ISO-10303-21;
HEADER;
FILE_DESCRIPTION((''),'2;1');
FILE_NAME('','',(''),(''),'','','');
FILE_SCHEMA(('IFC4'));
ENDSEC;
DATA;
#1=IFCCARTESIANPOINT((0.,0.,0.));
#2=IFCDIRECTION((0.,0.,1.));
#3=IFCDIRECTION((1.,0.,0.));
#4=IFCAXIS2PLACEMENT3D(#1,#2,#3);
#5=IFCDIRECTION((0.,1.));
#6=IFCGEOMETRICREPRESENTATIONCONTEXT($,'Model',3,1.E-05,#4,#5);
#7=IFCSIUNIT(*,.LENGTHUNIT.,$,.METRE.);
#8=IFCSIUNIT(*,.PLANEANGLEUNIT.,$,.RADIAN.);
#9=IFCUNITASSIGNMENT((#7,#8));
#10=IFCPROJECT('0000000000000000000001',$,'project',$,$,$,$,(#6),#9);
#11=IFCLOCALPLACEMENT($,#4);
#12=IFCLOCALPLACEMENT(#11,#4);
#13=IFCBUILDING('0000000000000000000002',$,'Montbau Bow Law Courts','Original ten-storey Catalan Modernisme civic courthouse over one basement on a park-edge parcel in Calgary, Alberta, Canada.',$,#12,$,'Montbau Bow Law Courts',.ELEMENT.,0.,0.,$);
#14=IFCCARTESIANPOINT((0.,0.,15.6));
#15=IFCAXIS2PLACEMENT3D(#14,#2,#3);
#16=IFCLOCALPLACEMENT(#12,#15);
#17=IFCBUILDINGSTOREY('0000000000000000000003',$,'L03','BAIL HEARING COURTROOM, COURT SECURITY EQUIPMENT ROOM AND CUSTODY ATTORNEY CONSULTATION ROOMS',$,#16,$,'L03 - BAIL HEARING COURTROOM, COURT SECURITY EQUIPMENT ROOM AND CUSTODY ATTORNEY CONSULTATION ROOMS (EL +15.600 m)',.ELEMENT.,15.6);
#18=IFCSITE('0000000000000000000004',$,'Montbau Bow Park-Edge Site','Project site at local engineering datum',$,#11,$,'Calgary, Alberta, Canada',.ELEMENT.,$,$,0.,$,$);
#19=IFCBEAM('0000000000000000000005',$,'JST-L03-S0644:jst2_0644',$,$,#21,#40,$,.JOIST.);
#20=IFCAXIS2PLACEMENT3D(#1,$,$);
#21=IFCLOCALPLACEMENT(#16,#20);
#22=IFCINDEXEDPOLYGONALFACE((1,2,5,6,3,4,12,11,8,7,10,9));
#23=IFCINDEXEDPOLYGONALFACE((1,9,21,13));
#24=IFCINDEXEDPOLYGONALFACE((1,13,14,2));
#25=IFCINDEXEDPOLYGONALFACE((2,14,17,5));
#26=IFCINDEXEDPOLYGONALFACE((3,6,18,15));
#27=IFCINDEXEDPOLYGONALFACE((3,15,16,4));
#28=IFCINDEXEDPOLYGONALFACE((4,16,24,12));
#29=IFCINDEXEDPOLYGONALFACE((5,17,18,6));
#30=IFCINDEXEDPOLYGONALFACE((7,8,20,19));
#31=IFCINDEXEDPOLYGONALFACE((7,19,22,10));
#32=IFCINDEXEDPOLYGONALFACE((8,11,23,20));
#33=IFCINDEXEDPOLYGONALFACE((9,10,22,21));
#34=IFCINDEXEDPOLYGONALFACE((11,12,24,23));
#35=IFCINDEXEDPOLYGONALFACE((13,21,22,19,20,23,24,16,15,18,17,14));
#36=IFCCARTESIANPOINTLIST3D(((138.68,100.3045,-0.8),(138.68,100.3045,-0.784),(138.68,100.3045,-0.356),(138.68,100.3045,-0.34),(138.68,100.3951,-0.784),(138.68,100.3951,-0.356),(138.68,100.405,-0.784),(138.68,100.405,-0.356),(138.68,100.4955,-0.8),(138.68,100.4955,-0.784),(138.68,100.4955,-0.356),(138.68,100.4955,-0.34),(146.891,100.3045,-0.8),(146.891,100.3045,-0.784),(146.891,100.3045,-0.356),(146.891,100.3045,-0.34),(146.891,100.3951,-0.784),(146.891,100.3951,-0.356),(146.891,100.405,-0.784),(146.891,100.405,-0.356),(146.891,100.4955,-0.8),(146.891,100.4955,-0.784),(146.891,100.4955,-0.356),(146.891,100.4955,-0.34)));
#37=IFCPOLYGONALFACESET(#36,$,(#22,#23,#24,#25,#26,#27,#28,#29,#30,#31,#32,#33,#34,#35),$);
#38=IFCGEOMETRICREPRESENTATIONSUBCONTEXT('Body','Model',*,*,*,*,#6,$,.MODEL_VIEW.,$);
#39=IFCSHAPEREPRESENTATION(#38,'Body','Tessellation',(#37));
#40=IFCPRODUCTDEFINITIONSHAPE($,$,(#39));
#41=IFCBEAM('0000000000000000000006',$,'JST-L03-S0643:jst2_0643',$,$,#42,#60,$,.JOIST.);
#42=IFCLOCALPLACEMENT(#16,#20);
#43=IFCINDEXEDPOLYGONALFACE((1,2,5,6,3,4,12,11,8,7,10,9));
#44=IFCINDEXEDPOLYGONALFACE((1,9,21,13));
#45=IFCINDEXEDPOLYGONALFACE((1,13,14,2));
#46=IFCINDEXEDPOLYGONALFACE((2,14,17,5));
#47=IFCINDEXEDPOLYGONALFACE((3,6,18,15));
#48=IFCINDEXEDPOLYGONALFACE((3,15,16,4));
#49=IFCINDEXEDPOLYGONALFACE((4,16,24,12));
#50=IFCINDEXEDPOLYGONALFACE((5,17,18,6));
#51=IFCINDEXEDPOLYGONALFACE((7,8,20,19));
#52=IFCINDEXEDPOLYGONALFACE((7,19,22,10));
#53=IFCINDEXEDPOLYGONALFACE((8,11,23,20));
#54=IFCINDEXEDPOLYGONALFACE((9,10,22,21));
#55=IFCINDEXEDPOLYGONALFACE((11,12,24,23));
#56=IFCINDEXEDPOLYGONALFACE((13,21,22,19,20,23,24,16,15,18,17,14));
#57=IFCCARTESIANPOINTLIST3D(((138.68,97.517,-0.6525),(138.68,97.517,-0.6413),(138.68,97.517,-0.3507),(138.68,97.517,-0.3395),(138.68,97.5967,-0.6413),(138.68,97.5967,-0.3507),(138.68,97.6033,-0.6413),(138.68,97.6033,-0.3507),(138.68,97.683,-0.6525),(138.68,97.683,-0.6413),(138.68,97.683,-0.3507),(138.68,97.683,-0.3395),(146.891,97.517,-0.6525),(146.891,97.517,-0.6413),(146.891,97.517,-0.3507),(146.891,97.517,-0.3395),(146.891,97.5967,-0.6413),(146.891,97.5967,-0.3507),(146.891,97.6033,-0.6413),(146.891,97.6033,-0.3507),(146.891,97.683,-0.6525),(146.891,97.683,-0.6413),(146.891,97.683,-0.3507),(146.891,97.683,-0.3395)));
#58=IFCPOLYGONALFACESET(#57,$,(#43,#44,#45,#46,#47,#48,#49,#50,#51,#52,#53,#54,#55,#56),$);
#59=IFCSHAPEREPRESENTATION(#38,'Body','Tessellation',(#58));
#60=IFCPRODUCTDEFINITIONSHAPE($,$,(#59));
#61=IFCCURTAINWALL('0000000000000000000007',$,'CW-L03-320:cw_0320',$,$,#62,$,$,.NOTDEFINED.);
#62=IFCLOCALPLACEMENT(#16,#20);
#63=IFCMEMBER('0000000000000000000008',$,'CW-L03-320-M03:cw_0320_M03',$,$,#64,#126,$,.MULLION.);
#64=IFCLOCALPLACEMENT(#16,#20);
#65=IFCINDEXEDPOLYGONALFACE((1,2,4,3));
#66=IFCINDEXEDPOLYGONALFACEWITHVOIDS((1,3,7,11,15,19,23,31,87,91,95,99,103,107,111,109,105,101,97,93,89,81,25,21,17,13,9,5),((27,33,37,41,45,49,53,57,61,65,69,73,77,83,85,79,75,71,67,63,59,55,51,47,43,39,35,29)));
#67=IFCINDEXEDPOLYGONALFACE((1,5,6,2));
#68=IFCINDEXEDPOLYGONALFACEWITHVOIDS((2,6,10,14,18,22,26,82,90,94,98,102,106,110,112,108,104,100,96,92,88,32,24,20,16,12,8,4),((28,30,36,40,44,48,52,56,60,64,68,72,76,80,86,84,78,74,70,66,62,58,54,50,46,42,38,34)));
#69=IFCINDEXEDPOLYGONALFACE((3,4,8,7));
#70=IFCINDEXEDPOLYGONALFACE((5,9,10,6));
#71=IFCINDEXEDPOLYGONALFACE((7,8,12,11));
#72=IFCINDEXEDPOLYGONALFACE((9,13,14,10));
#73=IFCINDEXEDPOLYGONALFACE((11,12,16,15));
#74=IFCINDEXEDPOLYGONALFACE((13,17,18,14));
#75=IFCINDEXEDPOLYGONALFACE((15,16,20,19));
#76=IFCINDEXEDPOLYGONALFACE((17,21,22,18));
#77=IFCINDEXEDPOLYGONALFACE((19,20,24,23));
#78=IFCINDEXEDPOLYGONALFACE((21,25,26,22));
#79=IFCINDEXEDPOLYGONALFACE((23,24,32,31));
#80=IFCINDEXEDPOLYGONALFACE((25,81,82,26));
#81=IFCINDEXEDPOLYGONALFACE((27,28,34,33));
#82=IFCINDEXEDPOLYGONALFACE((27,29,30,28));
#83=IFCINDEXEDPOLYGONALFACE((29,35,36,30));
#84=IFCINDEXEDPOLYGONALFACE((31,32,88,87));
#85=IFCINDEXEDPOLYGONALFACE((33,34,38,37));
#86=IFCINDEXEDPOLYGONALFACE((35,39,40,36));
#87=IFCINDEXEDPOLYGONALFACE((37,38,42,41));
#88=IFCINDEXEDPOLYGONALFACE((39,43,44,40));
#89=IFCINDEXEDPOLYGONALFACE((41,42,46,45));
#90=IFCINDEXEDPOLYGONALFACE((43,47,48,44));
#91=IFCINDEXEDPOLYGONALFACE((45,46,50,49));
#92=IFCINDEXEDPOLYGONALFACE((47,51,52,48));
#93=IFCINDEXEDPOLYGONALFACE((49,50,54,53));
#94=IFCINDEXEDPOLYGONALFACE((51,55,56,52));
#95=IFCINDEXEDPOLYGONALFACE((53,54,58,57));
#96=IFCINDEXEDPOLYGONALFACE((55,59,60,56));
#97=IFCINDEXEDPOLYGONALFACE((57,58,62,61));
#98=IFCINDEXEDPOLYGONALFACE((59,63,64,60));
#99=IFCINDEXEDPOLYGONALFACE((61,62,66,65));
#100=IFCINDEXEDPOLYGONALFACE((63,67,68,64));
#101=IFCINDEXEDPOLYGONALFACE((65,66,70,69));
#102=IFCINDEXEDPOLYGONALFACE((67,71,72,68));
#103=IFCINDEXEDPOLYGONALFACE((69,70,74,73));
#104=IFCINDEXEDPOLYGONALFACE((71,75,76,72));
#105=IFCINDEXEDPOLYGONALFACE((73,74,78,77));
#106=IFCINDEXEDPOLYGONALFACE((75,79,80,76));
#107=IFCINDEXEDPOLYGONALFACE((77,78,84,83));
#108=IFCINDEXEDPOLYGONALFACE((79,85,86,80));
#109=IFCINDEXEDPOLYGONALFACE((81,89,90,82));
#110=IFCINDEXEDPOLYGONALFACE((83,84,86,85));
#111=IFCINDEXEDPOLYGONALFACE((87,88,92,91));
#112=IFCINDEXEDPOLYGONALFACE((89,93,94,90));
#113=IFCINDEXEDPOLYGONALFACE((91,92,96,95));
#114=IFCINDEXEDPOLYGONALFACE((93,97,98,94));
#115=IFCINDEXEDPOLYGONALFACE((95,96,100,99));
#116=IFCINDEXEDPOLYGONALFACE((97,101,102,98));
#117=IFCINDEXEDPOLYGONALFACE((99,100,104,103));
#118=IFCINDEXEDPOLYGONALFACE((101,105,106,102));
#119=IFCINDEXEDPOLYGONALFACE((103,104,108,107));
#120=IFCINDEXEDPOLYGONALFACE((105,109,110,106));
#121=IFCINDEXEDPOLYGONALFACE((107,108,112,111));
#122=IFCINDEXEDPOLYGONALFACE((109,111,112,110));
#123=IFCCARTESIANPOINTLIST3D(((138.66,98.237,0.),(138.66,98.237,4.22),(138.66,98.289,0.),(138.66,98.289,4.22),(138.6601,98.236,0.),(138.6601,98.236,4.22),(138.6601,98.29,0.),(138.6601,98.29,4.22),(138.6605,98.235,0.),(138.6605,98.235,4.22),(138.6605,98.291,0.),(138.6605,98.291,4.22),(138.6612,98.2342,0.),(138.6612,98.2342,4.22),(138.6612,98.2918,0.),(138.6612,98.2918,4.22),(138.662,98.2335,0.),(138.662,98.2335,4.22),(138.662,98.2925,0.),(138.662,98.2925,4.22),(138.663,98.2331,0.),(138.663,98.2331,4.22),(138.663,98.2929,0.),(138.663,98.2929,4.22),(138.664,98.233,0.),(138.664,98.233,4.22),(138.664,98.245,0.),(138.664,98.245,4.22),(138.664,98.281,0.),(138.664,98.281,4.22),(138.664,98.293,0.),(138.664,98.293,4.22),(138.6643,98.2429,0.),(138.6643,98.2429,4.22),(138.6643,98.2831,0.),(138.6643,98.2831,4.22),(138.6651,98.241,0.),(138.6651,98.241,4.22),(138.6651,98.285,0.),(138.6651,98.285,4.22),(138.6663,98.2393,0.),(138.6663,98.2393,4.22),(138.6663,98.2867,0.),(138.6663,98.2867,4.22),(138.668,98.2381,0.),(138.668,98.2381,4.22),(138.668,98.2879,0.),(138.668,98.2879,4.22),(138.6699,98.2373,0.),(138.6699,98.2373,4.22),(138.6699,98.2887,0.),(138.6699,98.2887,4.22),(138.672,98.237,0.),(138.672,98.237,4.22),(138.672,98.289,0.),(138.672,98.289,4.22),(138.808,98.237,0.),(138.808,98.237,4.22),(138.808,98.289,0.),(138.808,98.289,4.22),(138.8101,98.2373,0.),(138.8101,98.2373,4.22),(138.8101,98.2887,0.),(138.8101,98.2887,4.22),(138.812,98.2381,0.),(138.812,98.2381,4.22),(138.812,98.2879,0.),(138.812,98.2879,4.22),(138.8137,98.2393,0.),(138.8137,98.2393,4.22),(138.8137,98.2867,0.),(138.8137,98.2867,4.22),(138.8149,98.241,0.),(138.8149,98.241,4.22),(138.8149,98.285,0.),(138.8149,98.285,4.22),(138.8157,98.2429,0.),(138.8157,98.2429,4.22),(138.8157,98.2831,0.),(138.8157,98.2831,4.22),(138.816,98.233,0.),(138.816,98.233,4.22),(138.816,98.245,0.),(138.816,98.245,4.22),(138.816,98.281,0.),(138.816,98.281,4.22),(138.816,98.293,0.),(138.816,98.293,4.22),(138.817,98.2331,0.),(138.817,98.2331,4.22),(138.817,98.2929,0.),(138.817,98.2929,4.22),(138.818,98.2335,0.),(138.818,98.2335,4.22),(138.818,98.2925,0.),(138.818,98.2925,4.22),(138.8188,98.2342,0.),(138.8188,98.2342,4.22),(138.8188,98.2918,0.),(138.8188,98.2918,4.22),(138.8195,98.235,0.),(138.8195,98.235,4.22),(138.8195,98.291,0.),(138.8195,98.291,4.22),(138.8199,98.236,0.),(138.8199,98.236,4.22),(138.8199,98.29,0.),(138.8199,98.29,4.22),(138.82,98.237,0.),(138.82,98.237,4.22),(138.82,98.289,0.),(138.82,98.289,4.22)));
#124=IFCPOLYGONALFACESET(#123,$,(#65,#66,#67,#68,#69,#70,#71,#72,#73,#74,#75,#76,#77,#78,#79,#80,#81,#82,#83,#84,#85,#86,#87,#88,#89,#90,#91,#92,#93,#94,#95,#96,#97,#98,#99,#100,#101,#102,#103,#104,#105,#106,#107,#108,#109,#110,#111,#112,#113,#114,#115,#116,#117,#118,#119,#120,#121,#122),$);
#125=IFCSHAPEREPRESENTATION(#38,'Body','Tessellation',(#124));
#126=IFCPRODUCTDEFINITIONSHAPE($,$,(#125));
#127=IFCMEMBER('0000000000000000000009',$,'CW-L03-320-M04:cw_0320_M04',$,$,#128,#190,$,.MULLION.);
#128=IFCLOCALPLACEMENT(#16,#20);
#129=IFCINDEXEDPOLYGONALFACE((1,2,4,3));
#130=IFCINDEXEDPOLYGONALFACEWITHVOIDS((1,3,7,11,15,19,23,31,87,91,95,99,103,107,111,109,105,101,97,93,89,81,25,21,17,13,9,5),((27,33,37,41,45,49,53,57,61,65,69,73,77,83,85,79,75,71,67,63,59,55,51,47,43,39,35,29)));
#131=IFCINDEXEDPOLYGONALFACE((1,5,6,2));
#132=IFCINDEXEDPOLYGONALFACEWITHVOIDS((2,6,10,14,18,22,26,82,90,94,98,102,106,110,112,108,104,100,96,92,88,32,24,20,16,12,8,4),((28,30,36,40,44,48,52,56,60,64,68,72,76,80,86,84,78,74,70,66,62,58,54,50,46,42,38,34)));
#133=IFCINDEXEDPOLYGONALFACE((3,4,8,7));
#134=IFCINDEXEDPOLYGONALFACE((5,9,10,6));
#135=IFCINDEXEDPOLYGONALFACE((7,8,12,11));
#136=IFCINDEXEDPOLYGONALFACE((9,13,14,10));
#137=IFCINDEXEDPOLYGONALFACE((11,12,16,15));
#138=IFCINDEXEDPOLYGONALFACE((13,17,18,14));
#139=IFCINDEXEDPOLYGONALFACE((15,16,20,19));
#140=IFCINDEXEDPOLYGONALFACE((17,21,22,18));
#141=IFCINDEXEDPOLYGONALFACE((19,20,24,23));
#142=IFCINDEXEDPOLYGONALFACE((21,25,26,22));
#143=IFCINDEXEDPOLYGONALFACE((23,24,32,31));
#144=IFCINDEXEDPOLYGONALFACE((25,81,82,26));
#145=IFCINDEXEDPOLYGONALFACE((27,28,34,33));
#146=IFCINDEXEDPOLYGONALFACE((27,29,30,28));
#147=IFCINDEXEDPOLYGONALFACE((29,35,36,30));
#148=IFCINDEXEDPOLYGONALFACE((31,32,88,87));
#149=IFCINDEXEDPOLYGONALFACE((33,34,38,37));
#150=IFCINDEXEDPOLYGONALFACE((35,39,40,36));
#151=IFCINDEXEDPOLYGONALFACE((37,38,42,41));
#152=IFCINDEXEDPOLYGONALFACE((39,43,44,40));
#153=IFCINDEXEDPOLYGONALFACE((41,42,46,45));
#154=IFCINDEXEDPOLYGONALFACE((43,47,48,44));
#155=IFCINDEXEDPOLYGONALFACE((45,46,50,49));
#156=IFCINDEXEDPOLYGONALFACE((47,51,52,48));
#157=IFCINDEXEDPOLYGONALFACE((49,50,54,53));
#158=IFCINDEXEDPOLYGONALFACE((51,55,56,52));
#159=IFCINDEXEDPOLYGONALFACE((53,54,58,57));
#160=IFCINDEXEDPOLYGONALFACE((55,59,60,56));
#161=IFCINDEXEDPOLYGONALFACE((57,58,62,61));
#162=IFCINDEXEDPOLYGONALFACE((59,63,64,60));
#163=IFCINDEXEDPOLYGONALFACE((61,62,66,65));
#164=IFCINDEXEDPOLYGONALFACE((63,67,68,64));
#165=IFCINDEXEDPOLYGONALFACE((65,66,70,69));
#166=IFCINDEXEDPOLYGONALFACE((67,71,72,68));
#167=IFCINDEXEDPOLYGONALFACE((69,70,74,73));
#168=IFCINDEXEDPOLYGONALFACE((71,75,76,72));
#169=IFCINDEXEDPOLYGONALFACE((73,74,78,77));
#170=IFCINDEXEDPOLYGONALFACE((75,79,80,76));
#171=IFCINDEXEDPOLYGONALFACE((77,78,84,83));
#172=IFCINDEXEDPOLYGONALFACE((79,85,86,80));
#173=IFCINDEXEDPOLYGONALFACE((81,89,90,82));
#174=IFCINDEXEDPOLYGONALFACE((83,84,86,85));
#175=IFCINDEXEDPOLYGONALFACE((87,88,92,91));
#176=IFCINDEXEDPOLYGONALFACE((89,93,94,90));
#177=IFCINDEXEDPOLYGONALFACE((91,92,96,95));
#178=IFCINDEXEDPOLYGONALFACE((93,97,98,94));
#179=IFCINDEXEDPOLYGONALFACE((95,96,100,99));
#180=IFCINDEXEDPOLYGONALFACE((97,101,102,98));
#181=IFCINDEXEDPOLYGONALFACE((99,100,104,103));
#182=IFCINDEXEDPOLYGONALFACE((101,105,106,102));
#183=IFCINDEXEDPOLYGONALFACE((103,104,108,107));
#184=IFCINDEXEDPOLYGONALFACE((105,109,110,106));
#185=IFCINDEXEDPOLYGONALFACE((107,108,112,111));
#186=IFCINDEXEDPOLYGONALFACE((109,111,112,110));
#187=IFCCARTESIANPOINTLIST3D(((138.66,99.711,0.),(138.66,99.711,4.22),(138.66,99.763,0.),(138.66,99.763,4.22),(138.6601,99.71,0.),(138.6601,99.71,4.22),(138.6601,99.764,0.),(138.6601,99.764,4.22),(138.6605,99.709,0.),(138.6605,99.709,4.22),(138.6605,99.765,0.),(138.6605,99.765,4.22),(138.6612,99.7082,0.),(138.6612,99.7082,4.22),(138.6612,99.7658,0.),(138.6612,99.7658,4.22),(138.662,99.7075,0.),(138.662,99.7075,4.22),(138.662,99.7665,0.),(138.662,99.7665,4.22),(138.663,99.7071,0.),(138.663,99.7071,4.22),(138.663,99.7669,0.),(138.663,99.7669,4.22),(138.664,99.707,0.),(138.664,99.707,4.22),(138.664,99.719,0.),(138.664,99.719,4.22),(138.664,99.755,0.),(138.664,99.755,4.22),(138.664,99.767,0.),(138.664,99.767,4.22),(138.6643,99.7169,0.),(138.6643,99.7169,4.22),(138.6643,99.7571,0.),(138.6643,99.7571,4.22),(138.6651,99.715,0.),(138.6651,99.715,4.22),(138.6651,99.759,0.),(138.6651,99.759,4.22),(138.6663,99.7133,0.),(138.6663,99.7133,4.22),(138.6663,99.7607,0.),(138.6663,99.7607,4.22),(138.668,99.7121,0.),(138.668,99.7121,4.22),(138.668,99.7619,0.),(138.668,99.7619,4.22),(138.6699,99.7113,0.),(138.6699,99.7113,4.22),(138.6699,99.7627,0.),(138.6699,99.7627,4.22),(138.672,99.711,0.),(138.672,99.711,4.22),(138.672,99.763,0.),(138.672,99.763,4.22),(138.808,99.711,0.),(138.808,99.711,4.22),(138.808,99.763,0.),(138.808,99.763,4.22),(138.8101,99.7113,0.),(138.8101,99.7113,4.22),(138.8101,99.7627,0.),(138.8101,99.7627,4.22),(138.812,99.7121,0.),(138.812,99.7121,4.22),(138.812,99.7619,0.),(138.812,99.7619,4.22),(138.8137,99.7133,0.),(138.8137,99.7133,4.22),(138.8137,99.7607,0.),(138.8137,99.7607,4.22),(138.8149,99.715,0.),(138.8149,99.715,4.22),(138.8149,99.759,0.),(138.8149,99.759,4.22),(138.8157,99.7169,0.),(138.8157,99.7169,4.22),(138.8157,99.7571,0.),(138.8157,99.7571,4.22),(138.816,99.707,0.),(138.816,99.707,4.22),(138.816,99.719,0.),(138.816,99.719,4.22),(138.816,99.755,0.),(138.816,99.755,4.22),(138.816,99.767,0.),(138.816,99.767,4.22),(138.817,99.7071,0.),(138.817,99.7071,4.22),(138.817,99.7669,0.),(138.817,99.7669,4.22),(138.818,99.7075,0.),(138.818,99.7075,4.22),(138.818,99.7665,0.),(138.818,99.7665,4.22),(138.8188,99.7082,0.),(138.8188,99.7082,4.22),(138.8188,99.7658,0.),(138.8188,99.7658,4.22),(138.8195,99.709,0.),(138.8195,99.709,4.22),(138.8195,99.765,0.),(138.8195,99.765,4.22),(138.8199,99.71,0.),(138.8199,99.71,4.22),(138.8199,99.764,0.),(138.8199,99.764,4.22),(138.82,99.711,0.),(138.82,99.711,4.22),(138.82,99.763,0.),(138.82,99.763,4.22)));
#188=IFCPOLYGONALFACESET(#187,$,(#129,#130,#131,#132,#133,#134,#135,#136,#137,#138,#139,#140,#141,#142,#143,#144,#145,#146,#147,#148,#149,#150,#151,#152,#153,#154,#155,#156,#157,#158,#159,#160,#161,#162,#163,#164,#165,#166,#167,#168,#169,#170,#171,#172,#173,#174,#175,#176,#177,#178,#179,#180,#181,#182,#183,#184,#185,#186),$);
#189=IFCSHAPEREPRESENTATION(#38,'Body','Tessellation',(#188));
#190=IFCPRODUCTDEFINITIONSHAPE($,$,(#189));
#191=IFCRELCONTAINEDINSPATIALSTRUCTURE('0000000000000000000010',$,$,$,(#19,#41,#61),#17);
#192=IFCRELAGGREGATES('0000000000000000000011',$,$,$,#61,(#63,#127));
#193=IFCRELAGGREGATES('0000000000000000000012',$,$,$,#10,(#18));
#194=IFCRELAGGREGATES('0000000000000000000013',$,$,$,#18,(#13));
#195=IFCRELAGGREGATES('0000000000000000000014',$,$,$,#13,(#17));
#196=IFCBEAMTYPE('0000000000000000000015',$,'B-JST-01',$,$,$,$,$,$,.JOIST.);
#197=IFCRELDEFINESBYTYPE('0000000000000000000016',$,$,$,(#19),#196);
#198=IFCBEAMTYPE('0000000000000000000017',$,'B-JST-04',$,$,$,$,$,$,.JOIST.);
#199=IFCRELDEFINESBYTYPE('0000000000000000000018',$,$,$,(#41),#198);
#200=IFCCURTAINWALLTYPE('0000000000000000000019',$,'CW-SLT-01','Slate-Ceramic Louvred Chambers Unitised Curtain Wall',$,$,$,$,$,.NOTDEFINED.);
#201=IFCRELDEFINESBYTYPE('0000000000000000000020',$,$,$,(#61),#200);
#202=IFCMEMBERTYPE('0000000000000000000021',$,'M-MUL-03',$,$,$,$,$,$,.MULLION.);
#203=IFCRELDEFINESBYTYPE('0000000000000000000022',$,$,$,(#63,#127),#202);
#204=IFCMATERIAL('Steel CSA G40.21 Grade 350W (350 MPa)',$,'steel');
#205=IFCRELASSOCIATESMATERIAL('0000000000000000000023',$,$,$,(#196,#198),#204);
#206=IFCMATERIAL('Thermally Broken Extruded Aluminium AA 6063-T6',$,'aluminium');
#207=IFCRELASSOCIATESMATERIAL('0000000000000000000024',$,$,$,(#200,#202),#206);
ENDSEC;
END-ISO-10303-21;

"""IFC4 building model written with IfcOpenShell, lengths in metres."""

from ifc_helpers import new_model, si_unit, direction, frame, origin_with_axes, origin_2d_with_axis, place, context, subcontext, project, spatial, hollow_rectangle, i_section, extrude, material, material_profile, profile_set, type_object, element, aggregate, save


model = new_model("IFC4")

# Units and contexts
model_context = context("Model", 3, precision=1e-05, world=origin_with_axes(), true_north=direction((0.0, 1.0)))
body_context = subcontext(model_context, "Body", "Model", "MODEL_VIEW")
ifc_project = project(units=[si_unit("LENGTHUNIT", "METRE"), si_unit("PLANEANGLEUNIT", "RADIAN")], contexts=[model_context])

# Site, building, storey
site_placement = place(None, origin_with_axes())
site = spatial("IfcSite", under=ifc_project, at=site_placement, Name="Montbau Bow Park-Edge Site", Description="Project site at local engineering datum", LongName="Calgary, Alberta, Canada", CompositionType="ELEMENT", RefElevation=0.0)
building_placement = place(site_placement, origin_with_axes())
building = spatial("IfcBuilding", under=site, at=building_placement, Name="Montbau Bow Law Courts", Description="Original ten-storey Catalan Modernisme civic courthouse over one basement on a park-edge parcel in Calgary, Alberta, Canada.", LongName="Montbau Bow Law Courts", CompositionType="ELEMENT", ElevationOfRefHeight=0.0, ElevationOfTerrain=0.0)
storey_placement = place(building_placement, frame((0.0, 0.0, 15.6), z_axis=(0.0, 0.0, 1.0), x_axis=(1.0, 0.0, 0.0)))
storey = spatial("IfcBuildingStorey", under=building, at=storey_placement, Name="L03", Description="BAIL HEARING COURTROOM, COURT SECURITY EQUIPMENT ROOM AND CUSTODY ATTORNEY CONSULTATION ROOMS", LongName="L03 - BAIL HEARING COURTROOM, COURT SECURITY EQUIPMENT ROOM AND CUSTODY ATTORNEY CONSULTATION ROOMS (EL +15.600 m)", CompositionType="ELEMENT", Elevation=15.6)

# Beams
ifc_material_1 = material(Name="Steel CSA G40.21 Grade 350W (350 MPa)", Category="steel")
ifc_material_profile_1 = material_profile(ifc_material_1, i_section(OverallWidth=0.191, OverallDepth=0.46, WebThickness=0.0099, FlangeThickness=0.016, at=origin_2d_with_axis()), Name="W460X82", Category="Main", Priority=0)
ifc_profile_set_1 = profile_set([ifc_material_profile_1], Name="Steel CSA G40.21 Grade 350W (350 MPa)")
beam_type_1 = type_object("IfcBeamType", Name="B-JST-01", PredefinedType="JOIST", material=ifc_profile_set_1)
beam_1_placement = place(None, frame((138.68, 100.4, 15.03), z_axis=(1.0, 0.0, 0.0), x_axis=(0.0, 1.0, 0.0)))
element("IfcBeam", 1, at=beam_1_placement, inside=storey, type_object=beam_type_1, Name="JST-L03-S0644:jst2_0644", PredefinedType="JOIST", context=body_context, shape_type="SweptSolid", body=[
    extrude(i_section(OverallWidth=0.191, OverallDepth=0.46, WebThickness=0.0099, FlangeThickness=0.016, at=origin_2d_with_axis()), origin_with_axes(), (0.0, 0.0, 1.0), 8.211),
])
ifc_material_profile_2 = material_profile(ifc_material_1, i_section(OverallWidth=0.166, OverallDepth=0.313, WebThickness=0.0066, FlangeThickness=0.0112, at=origin_2d_with_axis()), Name="W310X45", Category="Main", Priority=0)
ifc_profile_set_2 = profile_set([ifc_material_profile_2], Name="Steel CSA G40.21 Grade 350W (350 MPa)")
beam_type_2 = type_object("IfcBeamType", Name="B-JST-04", PredefinedType="JOIST", material=ifc_profile_set_2)
beam_2_placement = place(None, frame((138.68, 97.6, 15.104), z_axis=(1.0, 0.0, 0.0), x_axis=(0.0, 1.0, 0.0)))
element("IfcBeam", 2, at=beam_2_placement, inside=storey, type_object=beam_type_2, Name="JST-L03-S0643:jst2_0643", PredefinedType="JOIST", context=body_context, shape_type="SweptSolid", body=[
    extrude(i_section(OverallWidth=0.166, OverallDepth=0.313, WebThickness=0.0066, FlangeThickness=0.0112, at=origin_2d_with_axis()), origin_with_axes(), (0.0, 0.0, 1.0), 8.211),
])

# Curtain wall, members
ifc_material_2 = material(Name="Thermally Broken Extruded Aluminium AA 6063-T6", Category="aluminium")
curtain_wall_type = type_object("IfcCurtainWallType", Name="CW-SLT-01", Description="Slate-Ceramic Louvred Chambers Unitised Curtain Wall", PredefinedType="NOTDEFINED", material=ifc_material_2)
curtain_wall_placement = place(None, frame((138.74, 95.315, 15.6), z_axis=(0.0, 0.0, 1.0), x_axis=(1.0, 0.0, 0.0)))
curtain_wall = element("IfcCurtainWall", 3, at=curtain_wall_placement, inside=storey, type_object=curtain_wall_type, Name="CW-L03-320:cw_0320", PredefinedType="NOTDEFINED")
ifc_material_profile_3 = material_profile(ifc_material_2, hollow_rectangle(XDim=0.06, YDim=0.16, WallThickness=0.004, InnerFilletRadius=0.008, OuterFilletRadius=0.004, at=origin_2d_with_axis()), Name="CWM-160X60", Category="Main", Priority=0)
ifc_profile_set_3 = profile_set([ifc_material_profile_3], Name="Thermally Broken Extruded Aluminium AA 6063-T6")
member_type_1 = type_object("IfcMemberType", Name="M-MUL-03", PredefinedType="MULLION", material=ifc_profile_set_3)
member_1_placement = place(None, frame((138.74, 98.263, 15.6), z_axis=(0.0, 0.0, 1.0), x_axis=(0.0, 1.0, 0.0)))
member_1 = element("IfcMember", 4, at=member_1_placement, type_object=member_type_1, Name="CW-L03-320-M03:cw_0320_M03", PredefinedType="MULLION", context=body_context, shape_type="SweptSolid", body=[
    extrude(hollow_rectangle(XDim=0.06, YDim=0.16, WallThickness=0.004, InnerFilletRadius=0.008, OuterFilletRadius=0.004, at=origin_2d_with_axis()), origin_with_axes(), (0.0, 0.0, 1.0), 4.22),
])
member_2_placement = place(None, frame((138.74, 99.737, 15.6), z_axis=(0.0, 0.0, 1.0), x_axis=(0.0, 1.0, 0.0)))
member_2 = element("IfcMember", 5, at=member_2_placement, type_object=member_type_1, Name="CW-L03-320-M04:cw_0320_M04", PredefinedType="MULLION", context=body_context, shape_type="SweptSolid", body=[
    extrude(hollow_rectangle(XDim=0.06, YDim=0.16, WallThickness=0.004, InnerFilletRadius=0.008, OuterFilletRadius=0.004, at=origin_2d_with_axis()), origin_with_axes(), (0.0, 0.0, 1.0), 4.22),
])
aggregate(curtain_wall, [member_1, member_2])

save(model, "model.ifc")
